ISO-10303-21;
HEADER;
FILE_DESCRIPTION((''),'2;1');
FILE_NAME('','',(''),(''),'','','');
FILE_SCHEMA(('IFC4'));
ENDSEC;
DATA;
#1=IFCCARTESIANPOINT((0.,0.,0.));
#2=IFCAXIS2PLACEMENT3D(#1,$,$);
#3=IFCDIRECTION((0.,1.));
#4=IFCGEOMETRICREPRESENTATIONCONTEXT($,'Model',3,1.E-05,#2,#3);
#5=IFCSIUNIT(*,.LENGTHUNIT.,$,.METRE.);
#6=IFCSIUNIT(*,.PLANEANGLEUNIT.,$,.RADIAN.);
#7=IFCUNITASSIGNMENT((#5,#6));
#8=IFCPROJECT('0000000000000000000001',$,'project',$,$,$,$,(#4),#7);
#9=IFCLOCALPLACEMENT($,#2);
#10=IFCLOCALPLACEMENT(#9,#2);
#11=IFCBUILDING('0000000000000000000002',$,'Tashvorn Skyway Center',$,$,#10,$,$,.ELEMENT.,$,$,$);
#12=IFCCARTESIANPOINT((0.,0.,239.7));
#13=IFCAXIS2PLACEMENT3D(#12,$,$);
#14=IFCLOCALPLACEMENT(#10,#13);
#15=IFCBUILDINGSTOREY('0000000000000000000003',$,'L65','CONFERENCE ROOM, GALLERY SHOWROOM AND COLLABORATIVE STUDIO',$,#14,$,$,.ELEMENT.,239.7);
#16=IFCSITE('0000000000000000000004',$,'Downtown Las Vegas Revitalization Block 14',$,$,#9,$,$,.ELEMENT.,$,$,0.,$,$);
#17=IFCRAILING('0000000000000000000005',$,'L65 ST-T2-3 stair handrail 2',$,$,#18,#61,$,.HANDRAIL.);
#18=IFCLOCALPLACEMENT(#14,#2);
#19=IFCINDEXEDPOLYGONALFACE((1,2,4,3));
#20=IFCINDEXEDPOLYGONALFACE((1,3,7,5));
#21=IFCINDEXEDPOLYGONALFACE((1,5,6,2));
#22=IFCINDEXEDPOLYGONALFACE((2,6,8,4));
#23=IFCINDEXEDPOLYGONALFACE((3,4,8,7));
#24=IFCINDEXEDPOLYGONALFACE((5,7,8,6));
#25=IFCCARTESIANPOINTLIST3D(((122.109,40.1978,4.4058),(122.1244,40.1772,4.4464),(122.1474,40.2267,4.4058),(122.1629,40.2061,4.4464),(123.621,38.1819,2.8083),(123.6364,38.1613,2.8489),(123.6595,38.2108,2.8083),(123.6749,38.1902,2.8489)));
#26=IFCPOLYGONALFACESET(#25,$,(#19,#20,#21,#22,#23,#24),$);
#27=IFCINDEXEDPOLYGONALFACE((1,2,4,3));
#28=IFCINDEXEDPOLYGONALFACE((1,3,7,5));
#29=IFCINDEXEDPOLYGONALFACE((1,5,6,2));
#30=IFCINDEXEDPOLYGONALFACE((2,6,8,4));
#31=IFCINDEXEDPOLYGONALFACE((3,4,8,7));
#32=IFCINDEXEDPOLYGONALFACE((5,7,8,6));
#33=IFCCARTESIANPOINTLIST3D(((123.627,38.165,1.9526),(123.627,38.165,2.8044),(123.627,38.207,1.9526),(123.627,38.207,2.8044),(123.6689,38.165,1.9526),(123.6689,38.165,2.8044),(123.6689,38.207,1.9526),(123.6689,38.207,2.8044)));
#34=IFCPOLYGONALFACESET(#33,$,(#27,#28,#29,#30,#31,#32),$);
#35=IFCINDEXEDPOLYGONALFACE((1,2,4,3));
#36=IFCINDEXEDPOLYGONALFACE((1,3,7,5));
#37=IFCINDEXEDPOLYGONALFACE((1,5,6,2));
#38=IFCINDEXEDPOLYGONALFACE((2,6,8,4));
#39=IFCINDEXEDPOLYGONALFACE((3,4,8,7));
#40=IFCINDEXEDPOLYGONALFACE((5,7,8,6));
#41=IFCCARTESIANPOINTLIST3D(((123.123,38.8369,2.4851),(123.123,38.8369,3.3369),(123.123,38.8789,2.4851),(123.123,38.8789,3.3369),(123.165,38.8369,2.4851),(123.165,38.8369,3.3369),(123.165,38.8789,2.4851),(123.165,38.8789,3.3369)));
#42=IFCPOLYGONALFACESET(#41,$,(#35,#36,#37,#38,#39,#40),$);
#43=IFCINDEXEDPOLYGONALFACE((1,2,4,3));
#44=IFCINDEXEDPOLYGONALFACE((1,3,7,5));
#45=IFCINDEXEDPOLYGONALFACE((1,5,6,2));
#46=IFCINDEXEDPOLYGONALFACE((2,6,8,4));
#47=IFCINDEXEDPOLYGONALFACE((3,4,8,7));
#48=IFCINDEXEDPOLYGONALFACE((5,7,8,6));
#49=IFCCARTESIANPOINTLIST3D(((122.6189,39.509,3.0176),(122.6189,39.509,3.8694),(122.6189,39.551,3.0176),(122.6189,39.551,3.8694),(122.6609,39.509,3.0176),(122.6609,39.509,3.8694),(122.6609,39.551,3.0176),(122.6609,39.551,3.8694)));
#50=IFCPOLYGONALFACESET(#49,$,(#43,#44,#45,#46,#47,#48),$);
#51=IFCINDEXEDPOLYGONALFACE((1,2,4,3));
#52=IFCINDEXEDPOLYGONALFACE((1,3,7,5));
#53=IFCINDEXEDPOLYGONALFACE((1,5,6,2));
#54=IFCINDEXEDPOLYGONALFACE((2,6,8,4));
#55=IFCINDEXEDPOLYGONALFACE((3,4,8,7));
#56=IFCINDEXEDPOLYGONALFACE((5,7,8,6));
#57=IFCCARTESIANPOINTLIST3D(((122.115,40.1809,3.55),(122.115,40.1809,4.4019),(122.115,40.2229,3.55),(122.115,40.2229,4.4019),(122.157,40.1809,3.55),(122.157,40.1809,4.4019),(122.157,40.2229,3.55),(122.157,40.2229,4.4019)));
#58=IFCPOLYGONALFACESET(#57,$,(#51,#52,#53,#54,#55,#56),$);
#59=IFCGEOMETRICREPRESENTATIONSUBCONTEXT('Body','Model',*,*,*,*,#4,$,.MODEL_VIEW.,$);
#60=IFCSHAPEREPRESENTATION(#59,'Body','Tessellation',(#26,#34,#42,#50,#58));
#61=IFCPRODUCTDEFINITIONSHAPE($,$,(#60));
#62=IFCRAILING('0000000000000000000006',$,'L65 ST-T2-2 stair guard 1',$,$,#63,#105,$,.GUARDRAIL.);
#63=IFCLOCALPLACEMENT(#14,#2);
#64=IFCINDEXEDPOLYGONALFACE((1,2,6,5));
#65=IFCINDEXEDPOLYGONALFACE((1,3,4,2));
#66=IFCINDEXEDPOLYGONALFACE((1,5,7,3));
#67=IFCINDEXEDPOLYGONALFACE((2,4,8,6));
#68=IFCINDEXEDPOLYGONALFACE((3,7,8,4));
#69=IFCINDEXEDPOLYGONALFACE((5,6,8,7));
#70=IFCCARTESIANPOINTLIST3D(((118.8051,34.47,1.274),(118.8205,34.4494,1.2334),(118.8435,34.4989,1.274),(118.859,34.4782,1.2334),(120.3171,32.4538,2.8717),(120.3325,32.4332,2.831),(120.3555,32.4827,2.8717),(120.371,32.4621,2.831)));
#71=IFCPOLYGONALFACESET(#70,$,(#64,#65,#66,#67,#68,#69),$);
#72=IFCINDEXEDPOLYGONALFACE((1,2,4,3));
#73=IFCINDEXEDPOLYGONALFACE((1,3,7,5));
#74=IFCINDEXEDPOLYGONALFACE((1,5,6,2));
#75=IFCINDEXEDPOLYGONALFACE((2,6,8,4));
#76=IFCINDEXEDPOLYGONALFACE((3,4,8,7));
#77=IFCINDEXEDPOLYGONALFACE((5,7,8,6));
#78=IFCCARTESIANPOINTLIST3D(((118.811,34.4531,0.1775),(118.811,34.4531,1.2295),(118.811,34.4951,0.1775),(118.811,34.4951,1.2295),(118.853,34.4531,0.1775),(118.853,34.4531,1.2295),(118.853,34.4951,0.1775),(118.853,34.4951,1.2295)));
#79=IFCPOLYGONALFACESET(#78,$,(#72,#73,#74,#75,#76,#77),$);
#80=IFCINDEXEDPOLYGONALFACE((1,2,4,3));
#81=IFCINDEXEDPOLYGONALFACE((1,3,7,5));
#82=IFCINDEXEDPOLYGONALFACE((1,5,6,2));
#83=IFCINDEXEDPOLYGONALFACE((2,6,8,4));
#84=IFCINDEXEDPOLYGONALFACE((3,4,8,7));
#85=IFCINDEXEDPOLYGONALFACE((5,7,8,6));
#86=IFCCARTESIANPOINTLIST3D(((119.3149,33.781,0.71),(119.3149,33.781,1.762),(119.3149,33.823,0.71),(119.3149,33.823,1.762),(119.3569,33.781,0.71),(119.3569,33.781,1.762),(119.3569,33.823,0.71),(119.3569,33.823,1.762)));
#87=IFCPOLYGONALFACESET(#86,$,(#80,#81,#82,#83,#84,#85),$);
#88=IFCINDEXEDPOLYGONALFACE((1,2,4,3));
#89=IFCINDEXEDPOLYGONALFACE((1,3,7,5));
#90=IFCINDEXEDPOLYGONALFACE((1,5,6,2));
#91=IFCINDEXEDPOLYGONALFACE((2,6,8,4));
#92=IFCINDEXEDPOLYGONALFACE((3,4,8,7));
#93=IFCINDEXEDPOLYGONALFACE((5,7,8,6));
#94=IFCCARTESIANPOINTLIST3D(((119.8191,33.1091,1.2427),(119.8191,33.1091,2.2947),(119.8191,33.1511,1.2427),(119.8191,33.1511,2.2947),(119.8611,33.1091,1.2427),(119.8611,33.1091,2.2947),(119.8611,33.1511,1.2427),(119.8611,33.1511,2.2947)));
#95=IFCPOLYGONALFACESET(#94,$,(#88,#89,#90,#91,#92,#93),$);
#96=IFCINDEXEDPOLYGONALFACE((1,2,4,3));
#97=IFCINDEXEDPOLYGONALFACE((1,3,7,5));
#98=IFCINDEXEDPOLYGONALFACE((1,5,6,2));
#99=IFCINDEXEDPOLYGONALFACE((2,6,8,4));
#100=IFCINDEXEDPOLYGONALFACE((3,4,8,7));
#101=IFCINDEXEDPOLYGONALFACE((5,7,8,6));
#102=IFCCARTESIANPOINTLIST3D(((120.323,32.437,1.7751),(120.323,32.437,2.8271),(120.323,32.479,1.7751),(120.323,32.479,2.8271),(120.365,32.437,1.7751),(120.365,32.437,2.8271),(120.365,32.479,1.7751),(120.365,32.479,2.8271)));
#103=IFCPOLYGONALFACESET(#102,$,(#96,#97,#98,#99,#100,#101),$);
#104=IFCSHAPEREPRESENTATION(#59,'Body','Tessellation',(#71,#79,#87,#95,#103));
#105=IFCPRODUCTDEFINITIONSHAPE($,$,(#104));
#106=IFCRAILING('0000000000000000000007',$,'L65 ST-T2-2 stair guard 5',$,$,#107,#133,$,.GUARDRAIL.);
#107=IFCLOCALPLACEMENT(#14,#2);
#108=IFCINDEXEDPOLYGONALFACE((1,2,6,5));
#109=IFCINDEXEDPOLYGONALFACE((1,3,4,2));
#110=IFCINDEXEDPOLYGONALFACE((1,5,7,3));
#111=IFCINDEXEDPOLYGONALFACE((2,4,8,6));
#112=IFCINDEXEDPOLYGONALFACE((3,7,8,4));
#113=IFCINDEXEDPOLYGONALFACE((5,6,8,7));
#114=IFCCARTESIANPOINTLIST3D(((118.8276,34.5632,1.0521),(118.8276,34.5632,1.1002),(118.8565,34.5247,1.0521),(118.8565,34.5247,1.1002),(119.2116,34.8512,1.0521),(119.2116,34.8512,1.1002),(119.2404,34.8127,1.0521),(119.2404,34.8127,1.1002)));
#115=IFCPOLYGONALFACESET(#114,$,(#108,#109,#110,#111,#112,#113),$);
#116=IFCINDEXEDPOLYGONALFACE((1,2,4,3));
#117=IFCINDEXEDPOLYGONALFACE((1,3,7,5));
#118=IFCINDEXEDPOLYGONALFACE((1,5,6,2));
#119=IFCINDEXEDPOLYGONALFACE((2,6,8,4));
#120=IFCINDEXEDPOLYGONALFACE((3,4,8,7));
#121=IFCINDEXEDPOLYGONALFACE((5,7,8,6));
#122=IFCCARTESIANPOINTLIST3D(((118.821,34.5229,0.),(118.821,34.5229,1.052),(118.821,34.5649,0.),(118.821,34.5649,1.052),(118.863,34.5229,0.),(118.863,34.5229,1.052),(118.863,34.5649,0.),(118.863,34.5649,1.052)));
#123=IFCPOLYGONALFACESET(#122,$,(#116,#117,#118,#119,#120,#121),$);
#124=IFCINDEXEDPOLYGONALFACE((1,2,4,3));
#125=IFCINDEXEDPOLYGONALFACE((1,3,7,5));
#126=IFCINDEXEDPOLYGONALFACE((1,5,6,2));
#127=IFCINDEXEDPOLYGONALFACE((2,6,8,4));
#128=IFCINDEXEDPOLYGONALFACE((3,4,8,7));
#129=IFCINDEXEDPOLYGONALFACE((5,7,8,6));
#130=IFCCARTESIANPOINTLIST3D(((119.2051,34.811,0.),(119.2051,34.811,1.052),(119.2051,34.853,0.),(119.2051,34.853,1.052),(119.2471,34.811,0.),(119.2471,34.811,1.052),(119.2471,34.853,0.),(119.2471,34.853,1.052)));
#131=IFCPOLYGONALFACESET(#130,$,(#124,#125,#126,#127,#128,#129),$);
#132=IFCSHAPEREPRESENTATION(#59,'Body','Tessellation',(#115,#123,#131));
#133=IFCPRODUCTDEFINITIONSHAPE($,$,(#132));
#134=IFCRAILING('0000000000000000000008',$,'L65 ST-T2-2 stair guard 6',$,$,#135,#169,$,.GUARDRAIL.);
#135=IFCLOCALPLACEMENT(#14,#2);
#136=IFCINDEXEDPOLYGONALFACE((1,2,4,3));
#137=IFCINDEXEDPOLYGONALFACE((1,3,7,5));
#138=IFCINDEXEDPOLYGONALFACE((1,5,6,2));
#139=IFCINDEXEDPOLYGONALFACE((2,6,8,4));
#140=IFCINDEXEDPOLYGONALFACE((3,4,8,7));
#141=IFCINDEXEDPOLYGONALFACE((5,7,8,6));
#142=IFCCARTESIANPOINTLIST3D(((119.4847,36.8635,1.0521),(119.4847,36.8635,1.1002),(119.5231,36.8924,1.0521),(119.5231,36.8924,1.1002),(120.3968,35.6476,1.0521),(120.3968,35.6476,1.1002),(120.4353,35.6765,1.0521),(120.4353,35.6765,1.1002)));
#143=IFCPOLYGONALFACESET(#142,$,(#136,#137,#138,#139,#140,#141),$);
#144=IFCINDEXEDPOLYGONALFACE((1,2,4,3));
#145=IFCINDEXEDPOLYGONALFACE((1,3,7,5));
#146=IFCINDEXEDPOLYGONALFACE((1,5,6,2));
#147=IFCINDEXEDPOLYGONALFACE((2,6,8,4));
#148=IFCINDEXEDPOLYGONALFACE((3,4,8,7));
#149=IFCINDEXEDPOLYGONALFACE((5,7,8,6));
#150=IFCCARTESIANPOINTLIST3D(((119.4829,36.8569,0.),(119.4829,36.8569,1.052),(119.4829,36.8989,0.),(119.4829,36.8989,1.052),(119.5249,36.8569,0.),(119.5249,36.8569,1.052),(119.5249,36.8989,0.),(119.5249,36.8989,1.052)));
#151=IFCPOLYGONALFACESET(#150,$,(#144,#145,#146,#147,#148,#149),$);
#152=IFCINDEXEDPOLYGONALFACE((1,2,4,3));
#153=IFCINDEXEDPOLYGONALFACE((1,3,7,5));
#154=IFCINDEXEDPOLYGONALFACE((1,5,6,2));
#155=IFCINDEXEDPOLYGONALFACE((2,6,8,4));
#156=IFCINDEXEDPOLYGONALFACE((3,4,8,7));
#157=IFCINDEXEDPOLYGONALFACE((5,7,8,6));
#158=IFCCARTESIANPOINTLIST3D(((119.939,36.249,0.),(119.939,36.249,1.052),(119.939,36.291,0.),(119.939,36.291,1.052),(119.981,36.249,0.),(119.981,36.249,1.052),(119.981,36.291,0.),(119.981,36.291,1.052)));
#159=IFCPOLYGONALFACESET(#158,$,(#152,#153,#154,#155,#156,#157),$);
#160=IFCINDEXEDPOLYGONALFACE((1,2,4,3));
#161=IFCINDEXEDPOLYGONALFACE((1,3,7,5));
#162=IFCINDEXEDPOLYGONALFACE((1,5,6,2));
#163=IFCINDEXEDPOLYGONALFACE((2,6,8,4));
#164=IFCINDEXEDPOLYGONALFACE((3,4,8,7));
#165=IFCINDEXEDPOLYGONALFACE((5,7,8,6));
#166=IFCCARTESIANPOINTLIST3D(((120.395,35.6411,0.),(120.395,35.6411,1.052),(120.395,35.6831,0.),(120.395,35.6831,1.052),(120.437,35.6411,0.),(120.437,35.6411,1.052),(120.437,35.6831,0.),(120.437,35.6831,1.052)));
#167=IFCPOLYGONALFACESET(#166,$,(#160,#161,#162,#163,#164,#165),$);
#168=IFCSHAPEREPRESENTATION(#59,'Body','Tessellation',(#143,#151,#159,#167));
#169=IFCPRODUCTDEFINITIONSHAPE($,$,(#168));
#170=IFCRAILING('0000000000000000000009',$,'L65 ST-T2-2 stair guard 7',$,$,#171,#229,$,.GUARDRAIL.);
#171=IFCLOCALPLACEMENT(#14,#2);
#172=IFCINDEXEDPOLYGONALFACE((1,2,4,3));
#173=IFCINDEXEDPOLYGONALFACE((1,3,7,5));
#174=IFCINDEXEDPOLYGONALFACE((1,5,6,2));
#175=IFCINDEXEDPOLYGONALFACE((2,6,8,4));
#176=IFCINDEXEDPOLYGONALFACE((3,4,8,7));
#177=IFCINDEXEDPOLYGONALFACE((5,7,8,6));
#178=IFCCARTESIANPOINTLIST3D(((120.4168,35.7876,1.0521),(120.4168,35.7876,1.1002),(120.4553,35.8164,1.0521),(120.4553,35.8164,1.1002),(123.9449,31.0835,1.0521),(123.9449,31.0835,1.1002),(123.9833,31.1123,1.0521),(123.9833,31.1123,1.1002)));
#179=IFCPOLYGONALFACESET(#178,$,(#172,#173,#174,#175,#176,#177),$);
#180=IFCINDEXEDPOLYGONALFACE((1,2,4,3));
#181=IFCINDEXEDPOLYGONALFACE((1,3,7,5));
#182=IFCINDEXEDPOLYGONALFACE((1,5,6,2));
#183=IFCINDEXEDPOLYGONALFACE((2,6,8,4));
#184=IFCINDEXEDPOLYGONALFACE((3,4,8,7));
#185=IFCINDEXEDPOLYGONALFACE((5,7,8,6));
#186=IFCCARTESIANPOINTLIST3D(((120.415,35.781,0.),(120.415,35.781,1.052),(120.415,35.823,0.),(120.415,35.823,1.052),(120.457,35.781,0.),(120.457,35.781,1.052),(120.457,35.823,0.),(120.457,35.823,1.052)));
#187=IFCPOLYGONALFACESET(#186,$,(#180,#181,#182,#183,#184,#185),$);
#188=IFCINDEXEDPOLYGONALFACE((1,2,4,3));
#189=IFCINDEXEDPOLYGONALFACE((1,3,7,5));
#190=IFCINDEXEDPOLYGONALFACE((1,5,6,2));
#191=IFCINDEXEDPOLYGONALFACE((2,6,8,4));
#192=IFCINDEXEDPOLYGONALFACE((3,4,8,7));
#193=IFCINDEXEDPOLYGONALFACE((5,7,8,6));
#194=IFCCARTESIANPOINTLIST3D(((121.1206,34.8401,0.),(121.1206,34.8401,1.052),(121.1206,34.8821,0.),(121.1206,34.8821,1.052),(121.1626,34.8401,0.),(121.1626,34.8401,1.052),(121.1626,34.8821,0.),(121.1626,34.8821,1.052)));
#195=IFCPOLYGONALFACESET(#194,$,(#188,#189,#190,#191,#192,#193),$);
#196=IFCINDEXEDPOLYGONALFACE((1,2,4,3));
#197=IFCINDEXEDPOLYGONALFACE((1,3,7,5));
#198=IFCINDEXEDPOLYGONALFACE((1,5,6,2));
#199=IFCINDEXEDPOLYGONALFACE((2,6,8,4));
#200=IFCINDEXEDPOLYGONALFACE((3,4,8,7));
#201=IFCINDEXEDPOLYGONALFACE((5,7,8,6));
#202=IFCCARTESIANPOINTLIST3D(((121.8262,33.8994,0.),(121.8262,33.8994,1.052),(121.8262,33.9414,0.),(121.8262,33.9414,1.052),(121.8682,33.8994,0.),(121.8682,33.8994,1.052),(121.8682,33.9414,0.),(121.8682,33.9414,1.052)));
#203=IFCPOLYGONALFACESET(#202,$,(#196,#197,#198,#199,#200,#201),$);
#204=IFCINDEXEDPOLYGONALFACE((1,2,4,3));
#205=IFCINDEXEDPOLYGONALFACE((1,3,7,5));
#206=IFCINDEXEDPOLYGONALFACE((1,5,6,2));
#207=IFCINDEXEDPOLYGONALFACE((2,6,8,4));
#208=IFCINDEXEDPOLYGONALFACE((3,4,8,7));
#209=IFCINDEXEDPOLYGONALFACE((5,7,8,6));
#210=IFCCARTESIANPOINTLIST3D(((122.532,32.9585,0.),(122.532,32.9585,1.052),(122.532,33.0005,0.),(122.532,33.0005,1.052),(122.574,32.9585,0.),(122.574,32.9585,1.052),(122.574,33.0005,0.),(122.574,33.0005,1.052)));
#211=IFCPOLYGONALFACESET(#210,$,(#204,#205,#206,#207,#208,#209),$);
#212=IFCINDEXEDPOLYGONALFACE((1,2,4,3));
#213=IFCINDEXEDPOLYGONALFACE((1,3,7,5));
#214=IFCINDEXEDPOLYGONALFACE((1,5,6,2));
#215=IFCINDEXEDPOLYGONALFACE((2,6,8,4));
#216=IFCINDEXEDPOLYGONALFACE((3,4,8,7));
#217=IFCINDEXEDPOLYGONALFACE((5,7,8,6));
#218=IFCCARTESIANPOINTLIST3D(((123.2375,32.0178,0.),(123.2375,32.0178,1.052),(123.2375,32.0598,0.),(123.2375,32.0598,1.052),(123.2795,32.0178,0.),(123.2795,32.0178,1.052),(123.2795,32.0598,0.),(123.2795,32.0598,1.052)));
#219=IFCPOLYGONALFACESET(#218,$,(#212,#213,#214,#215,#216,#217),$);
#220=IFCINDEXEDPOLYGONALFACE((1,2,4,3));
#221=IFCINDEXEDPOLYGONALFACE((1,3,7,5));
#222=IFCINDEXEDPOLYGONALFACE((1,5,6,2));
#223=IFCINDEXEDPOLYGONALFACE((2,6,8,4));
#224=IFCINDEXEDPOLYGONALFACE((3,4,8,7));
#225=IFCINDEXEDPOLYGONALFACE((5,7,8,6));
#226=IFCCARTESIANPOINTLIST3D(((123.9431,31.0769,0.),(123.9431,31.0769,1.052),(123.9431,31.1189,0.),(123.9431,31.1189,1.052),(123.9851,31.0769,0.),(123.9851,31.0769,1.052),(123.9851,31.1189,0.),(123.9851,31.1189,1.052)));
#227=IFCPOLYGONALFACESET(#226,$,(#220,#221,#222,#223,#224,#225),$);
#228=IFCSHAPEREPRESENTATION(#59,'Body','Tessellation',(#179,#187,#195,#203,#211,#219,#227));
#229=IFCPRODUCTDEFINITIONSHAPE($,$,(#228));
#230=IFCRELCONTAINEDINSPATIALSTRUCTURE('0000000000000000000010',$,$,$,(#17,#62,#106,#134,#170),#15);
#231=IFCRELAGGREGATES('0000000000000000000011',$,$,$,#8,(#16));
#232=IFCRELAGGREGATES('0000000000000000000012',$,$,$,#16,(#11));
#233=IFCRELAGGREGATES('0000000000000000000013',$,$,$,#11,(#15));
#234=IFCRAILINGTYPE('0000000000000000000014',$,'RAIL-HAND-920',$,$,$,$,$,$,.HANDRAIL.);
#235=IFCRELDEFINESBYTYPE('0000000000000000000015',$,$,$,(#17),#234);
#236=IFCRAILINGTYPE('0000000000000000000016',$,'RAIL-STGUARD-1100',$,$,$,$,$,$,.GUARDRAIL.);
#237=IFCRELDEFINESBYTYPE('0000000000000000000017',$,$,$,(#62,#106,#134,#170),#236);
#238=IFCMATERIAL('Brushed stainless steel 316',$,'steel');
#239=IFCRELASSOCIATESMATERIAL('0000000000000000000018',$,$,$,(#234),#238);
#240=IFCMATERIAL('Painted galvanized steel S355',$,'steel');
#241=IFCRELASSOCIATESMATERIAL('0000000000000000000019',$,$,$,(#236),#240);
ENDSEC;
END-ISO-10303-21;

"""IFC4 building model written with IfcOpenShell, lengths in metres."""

from ifc_helpers import new_model, si_unit, direction, frame, origin, origin_2d, place, context, subcontext, project, spatial, rectangle, extrude, material, type_object, element, save


model = new_model("IFC4")

# Units and contexts
model_context = context("Model", 3, precision=1e-05, world=origin(), true_north=direction((0.0, 1.0)))
body_context = subcontext(model_context, "Body", "Model", "MODEL_VIEW")
ifc_project = project(units=[si_unit("LENGTHUNIT", "METRE"), si_unit("PLANEANGLEUNIT", "RADIAN")], contexts=[model_context])

# Site, building, storey
site_placement = place(None, origin())
site = spatial("IfcSite", under=ifc_project, at=site_placement, Name="Downtown Las Vegas Revitalization Block 14", CompositionType="ELEMENT", RefElevation=0.0)
building_placement = place(site_placement, origin())
building = spatial("IfcBuilding", under=site, at=building_placement, Name="Tashvorn Skyway Center", CompositionType="ELEMENT")
storey_placement = place(building_placement, frame((0.0, 0.0, 239.7)))
storey = spatial("IfcBuildingStorey", under=building, at=storey_placement, Name="L65", Description="CONFERENCE ROOM, GALLERY SHOWROOM AND COLLABORATIVE STUDIO", CompositionType="ELEMENT", Elevation=239.7)

# Railings
ifc_material_1 = material(Name="Brushed stainless steel 316", Category="steel")
railing_type_1 = type_object("IfcRailingType", Name="RAIL-HAND-920", PredefinedType="HANDRAIL", material=ifc_material_1)
railing_1_placement = place(storey_placement, frame((123.6479, 38.186, 1.9526)))
element("IfcRailing", 1, at=railing_1_placement, inside=storey, type_object=railing_type_1, Name="L65 ST-T2-3 stair handrail 2", PredefinedType="HANDRAIL", context=body_context, shape_type="SweptSolid", body=[
    extrude(rectangle(XDim=0.0481, YDim=0.0481, at=origin_2d()), frame((0.0, 0.0, 0.876), z_axis=(-0.506769, 0.675664, 0.535409), x_axis=(-0.799988, -0.600016, 0.0)), (0.0, 0.0, 1.0), 2.9836),
    extrude(rectangle(XDim=0.042, YDim=0.042, at=origin_2d()), origin(), (0.0, 0.0, 1.0), 0.8518),
    extrude(rectangle(XDim=0.042, YDim=0.042, at=origin_2d()), frame((-0.5039, 0.6719, 0.5325)), (0.0, 0.0, 1.0), 0.8518),
    extrude(rectangle(XDim=0.042, YDim=0.042, at=origin_2d()), frame((-1.0081, 1.344, 1.0649)), (0.0, 0.0, 1.0), 0.8518),
    extrude(rectangle(XDim=0.042, YDim=0.042, at=origin_2d()), frame((-1.512, 2.0159, 1.5974)), (0.0, 0.0, 1.0), 0.8518),
])
ifc_material_2 = material(Name="Painted galvanized steel S355", Category="steel")
railing_type_2 = type_object("IfcRailingType", Name="RAIL-STGUARD-1100", PredefinedType="GUARDRAIL", material=ifc_material_2)
railing_2_placement = place(storey_placement, frame((118.832, 34.4741, 0.1775)))
element("IfcRailing", 2, at=railing_2_placement, inside=storey, type_object=railing_type_2, Name="L65 ST-T2-2 stair guard 1", PredefinedType="GUARDRAIL", context=body_context, shape_type="SweptSolid", body=[
    extrude(rectangle(XDim=0.0481, YDim=0.0481, at=origin_2d()), frame((0.0, 0.0, 1.0762), z_axis=(0.506719, -0.675679, 0.535438), x_axis=(0.800023, 0.599969, 0.0)), (0.0, 0.0, 1.0), 2.9839),
    extrude(rectangle(XDim=0.042, YDim=0.042, at=origin_2d()), origin(), (0.0, 0.0, 1.0), 1.052),
    extrude(rectangle(XDim=0.042, YDim=0.042, at=origin_2d()), frame((0.5039, -0.6721, 0.5325)), (0.0, 0.0, 1.0), 1.052),
    extrude(rectangle(XDim=0.042, YDim=0.042, at=origin_2d()), frame((1.0081, -1.344, 1.0652)), (0.0, 0.0, 1.0), 1.052),
    extrude(rectangle(XDim=0.042, YDim=0.042, at=origin_2d()), frame((1.512, -2.0161, 1.5977)), (0.0, 0.0, 1.0), 1.052),
])
railing_3_placement = place(storey_placement, frame((118.842, 34.5439, 0.0)))
element("IfcRailing", 3, at=railing_3_placement, inside=storey, type_object=railing_type_2, Name="L65 ST-T2-2 stair guard 5", PredefinedType="GUARDRAIL", context=body_context, shape_type="SweptSolid", body=[
    extrude(rectangle(XDim=0.0481, YDim=0.0481, at=origin_2d()), frame((0.0, 0.0, 1.0762), z_axis=(0.799939, 0.600081, 0.0), x_axis=(-0.600081, 0.799939, 0.0)), (0.0, 0.0, 1.0), 0.48),
    extrude(rectangle(XDim=0.042, YDim=0.042, at=origin_2d()), origin(), (0.0, 0.0, 1.0), 1.052),
    extrude(rectangle(XDim=0.042, YDim=0.042, at=origin_2d()), frame((0.384, 0.2881, 0.0)), (0.0, 0.0, 1.0), 1.052),
])
railing_4_placement = place(storey_placement, frame((119.5039, 36.8779, 0.0)))
element("IfcRailing", 4, at=railing_4_placement, inside=storey, type_object=railing_type_2, Name="L65 ST-T2-2 stair guard 6", PredefinedType="GUARDRAIL", context=body_context, shape_type="SweptSolid", body=[
    extrude(rectangle(XDim=0.0481, YDim=0.0481, at=origin_2d()), frame((0.0, 0.0, 1.0762), z_axis=(0.600103, -0.799923, 0.0), x_axis=(0.799923, 0.600103, 0.0)), (0.0, 0.0, 1.0), 1.52),
    extrude(rectangle(XDim=0.042, YDim=0.042, at=origin_2d()), origin(), (0.0, 0.0, 1.0), 1.052),
    extrude(rectangle(XDim=0.042, YDim=0.042, at=origin_2d()), frame((0.4561, -0.6079, 0.0)), (0.0, 0.0, 1.0), 1.052),
    extrude(rectangle(XDim=0.042, YDim=0.042, at=origin_2d()), frame((0.9121, -1.2158, 0.0)), (0.0, 0.0, 1.0), 1.052),
])
railing_5_placement = place(storey_placement, frame((120.436, 35.802, 0.0)))
element("IfcRailing", 5, at=railing_5_placement, inside=storey, type_object=railing_type_2, Name="L65 ST-T2-2 stair guard 7", PredefinedType="GUARDRAIL", context=body_context, shape_type="SweptSolid", body=[
    extrude(rectangle(XDim=0.0481, YDim=0.0481, at=origin_2d()), frame((0.0, 0.0, 1.0762), z_axis=(0.6, -0.8, 0.0), x_axis=(0.8, 0.6, 0.0)), (0.0, 0.0, 1.0), 5.8801),
    extrude(rectangle(XDim=0.042, YDim=0.042, at=origin_2d()), origin(), (0.0, 0.0, 1.0), 1.052),
    extrude(rectangle(XDim=0.042, YDim=0.042, at=origin_2d()), frame((0.7056, -0.9409, 0.0)), (0.0, 0.0, 1.0), 1.052),
    extrude(rectangle(XDim=0.042, YDim=0.042, at=origin_2d()), frame((1.4111, -1.8816, 0.0)), (0.0, 0.0, 1.0), 1.052),
    extrude(rectangle(XDim=0.042, YDim=0.042, at=origin_2d()), frame((2.1169, -2.8225, 0.0)), (0.0, 0.0, 1.0), 1.052),
    extrude(rectangle(XDim=0.042, YDim=0.042, at=origin_2d()), frame((2.8225, -3.7632, 0.0)), (0.0, 0.0, 1.0), 1.052),
    extrude(rectangle(XDim=0.042, YDim=0.042, at=origin_2d()), frame((3.5281, -4.7041, 0.0)), (0.0, 0.0, 1.0), 1.052),
])

save(model, "model.ifc")
